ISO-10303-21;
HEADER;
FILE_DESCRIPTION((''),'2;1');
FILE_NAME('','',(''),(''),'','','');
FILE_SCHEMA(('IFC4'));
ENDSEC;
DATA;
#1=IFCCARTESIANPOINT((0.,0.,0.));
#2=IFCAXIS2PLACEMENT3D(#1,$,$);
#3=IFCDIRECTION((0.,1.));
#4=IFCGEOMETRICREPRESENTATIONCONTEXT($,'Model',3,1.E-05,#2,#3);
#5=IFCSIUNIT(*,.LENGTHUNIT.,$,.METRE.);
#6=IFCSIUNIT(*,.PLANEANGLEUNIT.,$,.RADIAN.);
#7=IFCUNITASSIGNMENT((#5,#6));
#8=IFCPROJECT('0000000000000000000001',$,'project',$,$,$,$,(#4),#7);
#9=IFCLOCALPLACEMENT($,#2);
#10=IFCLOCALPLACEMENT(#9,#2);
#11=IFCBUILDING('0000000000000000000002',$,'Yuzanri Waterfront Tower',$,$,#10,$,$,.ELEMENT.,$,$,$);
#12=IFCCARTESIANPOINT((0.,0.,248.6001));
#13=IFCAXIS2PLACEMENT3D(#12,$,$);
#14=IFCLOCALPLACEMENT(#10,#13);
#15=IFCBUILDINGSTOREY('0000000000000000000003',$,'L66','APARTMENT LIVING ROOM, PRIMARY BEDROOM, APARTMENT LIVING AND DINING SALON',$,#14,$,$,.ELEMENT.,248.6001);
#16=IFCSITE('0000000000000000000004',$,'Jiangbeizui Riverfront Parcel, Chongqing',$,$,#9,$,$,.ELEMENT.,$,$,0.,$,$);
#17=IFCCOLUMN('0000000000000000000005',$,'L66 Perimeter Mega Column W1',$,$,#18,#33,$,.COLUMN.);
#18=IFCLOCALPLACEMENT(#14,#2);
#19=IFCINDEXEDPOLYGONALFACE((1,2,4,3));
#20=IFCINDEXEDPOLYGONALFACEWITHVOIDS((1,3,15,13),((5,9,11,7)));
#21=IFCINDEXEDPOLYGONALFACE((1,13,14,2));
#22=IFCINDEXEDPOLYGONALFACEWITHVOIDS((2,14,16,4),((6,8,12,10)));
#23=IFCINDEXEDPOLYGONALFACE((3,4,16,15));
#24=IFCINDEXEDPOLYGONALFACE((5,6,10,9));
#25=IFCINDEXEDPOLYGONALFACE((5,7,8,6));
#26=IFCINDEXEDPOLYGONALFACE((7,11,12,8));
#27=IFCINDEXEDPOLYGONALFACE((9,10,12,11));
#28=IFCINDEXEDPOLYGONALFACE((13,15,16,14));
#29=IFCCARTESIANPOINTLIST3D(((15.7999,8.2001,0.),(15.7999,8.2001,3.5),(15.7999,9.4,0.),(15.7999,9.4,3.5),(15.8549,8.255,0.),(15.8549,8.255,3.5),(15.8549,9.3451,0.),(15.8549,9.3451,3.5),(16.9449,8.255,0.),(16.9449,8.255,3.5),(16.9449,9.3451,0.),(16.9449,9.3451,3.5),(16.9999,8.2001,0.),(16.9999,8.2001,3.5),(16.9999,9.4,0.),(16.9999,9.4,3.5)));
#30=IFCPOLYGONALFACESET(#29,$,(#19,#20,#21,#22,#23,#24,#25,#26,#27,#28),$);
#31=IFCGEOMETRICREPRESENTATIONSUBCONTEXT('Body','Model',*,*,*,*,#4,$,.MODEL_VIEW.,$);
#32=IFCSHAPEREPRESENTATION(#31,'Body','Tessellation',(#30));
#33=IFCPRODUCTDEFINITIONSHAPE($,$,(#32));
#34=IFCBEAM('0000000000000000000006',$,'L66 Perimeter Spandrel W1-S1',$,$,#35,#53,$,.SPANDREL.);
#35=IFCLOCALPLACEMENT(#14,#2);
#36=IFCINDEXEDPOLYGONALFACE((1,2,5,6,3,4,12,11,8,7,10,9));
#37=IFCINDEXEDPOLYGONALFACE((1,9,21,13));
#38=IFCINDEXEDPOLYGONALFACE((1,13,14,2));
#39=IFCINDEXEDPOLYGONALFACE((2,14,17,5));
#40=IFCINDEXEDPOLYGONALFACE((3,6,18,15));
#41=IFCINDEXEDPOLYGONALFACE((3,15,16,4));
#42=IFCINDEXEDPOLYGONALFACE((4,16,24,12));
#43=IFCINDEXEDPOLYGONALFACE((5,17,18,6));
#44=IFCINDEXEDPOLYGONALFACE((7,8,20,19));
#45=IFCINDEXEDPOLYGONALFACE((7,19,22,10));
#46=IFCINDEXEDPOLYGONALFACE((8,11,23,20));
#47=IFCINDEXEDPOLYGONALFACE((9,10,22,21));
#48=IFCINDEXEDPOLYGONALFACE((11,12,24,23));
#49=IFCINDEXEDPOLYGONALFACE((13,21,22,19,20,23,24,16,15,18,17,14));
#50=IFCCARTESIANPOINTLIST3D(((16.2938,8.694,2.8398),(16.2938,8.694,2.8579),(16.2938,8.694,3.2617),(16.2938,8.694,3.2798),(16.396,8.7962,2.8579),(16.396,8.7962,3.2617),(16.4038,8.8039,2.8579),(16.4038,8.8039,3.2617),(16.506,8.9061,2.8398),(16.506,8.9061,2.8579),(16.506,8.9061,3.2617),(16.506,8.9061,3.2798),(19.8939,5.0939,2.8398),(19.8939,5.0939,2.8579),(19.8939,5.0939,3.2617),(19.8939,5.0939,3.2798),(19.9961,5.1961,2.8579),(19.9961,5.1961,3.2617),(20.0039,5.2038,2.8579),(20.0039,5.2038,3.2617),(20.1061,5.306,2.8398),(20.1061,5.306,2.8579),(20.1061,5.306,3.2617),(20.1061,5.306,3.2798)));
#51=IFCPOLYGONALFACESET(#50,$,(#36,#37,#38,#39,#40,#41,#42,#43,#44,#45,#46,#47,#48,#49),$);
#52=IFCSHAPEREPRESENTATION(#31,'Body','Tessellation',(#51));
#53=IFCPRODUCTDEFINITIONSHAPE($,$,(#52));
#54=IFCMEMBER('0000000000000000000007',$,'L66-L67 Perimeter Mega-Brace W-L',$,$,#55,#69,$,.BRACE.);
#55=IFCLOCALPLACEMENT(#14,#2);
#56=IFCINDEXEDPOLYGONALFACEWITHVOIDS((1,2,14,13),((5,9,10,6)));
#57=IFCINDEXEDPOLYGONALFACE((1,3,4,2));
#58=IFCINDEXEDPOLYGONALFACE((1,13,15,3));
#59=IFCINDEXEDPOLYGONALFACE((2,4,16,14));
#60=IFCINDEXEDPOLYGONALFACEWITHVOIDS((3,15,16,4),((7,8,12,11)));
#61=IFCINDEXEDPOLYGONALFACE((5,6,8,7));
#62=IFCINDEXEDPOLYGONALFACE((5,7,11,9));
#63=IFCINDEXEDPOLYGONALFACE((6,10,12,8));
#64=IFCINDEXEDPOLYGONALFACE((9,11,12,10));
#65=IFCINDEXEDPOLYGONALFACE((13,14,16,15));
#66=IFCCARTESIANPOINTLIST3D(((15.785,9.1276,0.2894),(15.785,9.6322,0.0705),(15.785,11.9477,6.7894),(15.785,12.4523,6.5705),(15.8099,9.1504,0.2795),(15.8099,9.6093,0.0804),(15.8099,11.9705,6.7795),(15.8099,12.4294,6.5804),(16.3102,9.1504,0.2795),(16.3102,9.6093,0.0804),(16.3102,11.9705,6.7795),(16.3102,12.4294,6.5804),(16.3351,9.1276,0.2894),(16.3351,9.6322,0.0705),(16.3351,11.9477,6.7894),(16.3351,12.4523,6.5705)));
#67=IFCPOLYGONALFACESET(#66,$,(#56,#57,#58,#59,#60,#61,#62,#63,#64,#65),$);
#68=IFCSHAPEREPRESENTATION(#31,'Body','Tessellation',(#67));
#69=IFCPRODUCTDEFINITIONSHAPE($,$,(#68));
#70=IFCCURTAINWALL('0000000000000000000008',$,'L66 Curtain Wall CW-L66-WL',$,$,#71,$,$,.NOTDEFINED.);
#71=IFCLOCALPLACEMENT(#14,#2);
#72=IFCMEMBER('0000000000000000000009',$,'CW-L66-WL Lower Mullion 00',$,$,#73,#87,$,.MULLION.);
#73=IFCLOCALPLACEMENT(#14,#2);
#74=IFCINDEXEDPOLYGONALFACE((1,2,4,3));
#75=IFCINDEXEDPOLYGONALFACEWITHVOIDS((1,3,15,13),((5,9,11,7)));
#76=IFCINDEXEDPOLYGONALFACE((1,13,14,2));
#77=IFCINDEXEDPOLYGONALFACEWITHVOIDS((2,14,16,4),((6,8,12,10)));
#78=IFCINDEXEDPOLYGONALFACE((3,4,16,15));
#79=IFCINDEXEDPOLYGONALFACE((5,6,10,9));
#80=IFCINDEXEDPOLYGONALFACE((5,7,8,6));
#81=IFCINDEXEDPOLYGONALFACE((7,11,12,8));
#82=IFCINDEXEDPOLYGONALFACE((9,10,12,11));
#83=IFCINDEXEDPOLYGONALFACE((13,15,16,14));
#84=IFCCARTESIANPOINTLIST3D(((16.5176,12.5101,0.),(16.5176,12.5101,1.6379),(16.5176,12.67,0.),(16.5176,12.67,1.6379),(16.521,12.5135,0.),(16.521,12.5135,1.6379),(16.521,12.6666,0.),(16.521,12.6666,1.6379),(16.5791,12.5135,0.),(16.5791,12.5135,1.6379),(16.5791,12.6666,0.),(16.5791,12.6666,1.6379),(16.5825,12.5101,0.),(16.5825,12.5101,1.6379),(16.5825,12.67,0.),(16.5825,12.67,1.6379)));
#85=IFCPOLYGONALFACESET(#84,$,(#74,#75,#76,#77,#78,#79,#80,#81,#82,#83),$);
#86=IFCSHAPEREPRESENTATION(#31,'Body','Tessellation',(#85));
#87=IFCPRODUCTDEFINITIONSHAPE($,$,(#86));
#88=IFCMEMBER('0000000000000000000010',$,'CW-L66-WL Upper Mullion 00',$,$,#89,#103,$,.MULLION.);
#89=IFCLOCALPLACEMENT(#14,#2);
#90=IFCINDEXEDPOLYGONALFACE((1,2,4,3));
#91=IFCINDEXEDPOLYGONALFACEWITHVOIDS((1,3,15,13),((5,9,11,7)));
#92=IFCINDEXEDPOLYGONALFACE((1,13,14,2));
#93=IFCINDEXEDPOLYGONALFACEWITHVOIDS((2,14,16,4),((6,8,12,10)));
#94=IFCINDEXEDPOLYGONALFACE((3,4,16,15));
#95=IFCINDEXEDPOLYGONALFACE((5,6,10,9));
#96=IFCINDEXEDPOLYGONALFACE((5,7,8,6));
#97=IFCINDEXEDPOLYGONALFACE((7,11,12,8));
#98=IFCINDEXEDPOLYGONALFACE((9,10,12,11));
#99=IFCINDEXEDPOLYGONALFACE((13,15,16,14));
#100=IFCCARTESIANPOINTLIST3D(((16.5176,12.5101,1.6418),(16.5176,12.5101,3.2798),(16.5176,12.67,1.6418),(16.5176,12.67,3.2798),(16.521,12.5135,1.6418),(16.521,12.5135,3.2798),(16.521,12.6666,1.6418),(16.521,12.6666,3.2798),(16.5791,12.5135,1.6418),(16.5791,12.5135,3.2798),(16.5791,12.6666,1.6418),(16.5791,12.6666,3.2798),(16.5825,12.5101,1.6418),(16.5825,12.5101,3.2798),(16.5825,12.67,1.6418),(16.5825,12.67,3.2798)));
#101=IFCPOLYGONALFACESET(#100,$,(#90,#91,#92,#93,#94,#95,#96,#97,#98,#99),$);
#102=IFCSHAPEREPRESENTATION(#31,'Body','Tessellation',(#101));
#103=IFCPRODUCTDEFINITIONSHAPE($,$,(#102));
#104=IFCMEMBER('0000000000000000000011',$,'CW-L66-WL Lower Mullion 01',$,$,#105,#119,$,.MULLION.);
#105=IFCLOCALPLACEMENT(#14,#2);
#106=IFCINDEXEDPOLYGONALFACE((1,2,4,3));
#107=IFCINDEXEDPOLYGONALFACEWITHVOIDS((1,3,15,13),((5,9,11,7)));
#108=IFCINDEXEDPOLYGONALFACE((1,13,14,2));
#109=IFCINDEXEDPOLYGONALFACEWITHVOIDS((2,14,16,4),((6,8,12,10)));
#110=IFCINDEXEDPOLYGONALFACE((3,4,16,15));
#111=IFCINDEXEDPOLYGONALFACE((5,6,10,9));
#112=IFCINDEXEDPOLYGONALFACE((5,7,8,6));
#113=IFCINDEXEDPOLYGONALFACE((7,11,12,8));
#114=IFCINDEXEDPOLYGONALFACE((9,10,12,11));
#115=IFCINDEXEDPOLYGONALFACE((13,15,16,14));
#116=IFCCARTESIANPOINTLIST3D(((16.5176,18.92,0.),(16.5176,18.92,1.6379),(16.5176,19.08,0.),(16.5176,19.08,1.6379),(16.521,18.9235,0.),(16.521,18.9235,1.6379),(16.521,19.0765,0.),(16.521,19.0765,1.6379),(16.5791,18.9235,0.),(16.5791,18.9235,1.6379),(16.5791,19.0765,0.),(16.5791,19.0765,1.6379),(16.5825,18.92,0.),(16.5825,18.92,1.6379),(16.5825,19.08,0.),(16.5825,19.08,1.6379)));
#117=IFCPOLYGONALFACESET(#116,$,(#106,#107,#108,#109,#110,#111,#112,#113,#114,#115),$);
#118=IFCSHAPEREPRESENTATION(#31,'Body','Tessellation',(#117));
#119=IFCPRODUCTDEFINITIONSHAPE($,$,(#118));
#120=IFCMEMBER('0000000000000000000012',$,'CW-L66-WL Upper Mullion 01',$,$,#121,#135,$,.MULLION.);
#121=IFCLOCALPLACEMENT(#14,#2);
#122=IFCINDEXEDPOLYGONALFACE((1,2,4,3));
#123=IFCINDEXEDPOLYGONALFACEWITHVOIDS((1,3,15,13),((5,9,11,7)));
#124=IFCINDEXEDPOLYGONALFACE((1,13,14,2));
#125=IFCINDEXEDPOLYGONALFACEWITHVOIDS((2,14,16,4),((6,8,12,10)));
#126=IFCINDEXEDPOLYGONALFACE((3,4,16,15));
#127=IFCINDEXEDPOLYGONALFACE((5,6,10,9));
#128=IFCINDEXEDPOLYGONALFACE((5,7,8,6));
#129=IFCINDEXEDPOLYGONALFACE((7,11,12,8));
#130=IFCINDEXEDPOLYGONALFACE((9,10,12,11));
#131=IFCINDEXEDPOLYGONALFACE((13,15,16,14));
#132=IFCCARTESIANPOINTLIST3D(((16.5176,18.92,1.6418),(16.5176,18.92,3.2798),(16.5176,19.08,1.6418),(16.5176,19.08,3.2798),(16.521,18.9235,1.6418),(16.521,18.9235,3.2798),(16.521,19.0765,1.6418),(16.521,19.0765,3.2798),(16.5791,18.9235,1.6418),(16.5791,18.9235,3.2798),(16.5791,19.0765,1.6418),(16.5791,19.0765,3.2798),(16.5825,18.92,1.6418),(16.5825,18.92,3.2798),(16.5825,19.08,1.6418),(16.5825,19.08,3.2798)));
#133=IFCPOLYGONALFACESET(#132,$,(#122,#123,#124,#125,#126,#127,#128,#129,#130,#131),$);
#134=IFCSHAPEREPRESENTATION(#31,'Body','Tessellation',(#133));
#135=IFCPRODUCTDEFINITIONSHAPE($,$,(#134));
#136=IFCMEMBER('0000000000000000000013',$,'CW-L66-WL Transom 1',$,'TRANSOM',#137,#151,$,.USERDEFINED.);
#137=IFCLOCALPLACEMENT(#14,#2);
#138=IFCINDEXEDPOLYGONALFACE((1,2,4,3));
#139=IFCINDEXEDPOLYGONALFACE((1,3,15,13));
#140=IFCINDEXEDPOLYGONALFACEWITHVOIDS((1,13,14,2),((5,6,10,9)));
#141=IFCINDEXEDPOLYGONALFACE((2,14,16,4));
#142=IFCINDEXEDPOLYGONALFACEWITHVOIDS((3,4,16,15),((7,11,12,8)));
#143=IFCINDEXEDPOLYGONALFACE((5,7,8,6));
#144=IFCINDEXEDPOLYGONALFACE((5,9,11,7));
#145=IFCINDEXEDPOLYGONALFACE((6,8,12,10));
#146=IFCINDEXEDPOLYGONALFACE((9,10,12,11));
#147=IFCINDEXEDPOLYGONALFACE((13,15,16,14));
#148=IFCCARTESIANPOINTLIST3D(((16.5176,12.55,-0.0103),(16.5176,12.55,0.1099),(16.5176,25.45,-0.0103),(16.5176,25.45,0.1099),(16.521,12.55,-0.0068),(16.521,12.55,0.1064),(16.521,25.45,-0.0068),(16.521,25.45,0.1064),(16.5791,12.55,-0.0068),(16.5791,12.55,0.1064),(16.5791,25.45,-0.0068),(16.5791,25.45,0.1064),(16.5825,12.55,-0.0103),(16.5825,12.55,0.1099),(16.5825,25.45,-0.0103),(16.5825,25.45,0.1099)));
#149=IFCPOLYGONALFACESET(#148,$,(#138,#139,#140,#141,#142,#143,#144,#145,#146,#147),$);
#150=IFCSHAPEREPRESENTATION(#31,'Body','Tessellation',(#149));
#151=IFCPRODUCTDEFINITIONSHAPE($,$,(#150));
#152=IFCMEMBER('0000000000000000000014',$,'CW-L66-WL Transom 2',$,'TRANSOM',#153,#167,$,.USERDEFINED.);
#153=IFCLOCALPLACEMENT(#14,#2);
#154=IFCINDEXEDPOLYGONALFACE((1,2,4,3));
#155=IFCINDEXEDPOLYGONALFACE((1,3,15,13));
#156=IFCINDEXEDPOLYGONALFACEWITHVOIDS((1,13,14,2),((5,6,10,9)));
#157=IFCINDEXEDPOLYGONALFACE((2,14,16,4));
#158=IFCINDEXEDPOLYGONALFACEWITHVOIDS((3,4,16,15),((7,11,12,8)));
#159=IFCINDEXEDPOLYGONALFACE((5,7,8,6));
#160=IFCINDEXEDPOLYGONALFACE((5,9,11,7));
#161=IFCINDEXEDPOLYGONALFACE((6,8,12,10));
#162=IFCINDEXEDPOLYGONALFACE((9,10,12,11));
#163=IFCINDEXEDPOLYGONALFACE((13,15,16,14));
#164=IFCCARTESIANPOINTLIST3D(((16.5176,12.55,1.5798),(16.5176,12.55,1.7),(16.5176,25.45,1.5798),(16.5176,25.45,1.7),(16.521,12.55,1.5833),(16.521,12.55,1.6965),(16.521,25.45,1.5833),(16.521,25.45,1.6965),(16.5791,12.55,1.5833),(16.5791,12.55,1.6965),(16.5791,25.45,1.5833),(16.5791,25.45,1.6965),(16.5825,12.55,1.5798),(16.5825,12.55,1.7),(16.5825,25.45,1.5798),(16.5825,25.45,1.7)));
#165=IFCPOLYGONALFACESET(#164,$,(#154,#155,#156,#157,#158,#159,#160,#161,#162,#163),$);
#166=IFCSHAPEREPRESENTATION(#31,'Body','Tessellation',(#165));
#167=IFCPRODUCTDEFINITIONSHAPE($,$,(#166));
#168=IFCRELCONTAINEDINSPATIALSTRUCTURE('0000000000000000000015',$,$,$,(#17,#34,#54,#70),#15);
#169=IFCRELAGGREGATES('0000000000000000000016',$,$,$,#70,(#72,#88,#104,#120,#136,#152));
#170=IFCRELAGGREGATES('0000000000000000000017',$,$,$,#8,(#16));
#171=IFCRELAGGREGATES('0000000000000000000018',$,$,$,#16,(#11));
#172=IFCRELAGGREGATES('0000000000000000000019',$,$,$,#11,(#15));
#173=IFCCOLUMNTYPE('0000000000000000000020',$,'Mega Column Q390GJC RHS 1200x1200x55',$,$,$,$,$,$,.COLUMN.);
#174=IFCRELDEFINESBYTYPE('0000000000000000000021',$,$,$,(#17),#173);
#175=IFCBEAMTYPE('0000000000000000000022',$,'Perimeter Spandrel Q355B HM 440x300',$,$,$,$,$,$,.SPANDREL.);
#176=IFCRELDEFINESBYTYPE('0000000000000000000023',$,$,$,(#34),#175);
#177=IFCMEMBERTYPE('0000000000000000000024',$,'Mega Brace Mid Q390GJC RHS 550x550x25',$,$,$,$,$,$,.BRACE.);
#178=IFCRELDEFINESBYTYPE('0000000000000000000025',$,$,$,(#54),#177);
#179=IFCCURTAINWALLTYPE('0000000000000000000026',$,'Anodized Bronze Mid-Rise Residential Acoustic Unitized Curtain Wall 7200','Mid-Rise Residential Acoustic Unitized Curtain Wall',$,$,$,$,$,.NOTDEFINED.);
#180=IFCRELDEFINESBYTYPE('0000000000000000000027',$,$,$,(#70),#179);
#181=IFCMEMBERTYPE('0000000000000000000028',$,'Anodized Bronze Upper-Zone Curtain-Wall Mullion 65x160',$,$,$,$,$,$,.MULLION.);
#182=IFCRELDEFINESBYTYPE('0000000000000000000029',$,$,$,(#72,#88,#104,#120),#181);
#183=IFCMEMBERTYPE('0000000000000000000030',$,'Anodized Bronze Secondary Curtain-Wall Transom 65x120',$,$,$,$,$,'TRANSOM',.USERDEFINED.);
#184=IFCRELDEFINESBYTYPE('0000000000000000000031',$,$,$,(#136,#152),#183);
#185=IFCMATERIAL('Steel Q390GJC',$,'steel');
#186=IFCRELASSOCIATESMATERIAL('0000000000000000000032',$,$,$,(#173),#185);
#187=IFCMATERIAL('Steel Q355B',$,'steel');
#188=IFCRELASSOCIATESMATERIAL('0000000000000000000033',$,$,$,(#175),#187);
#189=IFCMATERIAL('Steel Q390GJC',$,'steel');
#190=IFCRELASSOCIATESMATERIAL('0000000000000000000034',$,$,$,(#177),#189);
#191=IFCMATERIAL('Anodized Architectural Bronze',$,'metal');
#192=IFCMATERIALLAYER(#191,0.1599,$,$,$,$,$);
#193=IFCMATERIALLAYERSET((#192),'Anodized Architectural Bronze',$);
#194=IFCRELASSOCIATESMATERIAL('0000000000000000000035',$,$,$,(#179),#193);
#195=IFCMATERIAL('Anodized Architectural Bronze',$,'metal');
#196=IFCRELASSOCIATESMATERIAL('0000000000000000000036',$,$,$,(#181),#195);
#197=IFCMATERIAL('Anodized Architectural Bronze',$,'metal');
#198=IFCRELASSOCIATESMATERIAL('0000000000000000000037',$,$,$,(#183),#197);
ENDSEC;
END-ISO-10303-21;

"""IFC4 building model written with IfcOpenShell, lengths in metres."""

from ifc_helpers import new_model, si_unit, direction, frame, origin, origin_2d, place, context, subcontext, project, spatial, hollow_rectangle, i_section, extrude, source, transform, mapped, material, layer, layer_set, material_profile, profile_set, type_object, element, aggregate, save


model = new_model("IFC4")

# Units and contexts
model_context = context("Model", 3, precision=1e-05, world=origin(), true_north=direction((0.0, 1.0)))
body_context = subcontext(model_context, "Body", "Model", "MODEL_VIEW")
ifc_project = project(units=[si_unit("LENGTHUNIT", "METRE"), si_unit("PLANEANGLEUNIT", "RADIAN")], contexts=[model_context])

# Site, building, storey
site_placement = place(None, origin())
site = spatial("IfcSite", under=ifc_project, at=site_placement, Name="Jiangbeizui Riverfront Parcel, Chongqing", CompositionType="ELEMENT", RefElevation=0.0)
building_placement = place(site_placement, origin())
building = spatial("IfcBuilding", under=site, at=building_placement, Name="Yuzanri Waterfront Tower", CompositionType="ELEMENT")
storey_placement = place(building_placement, frame((0.0, 0.0, 248.6001)))
storey = spatial("IfcBuildingStorey", under=building, at=storey_placement, Name="L66", Description="APARTMENT LIVING ROOM, PRIMARY BEDROOM, APARTMENT LIVING AND DINING SALON", CompositionType="ELEMENT", Elevation=248.6001)

# Column
ifc_material_1 = material(Name="Steel Q390GJC", Category="steel")
ifc_material_profile_1 = material_profile(ifc_material_1, hollow_rectangle(XDim=1.2, YDim=1.2, WallThickness=0.0549, at=origin_2d()), Name="RHS 1200x1200x55")
ifc_profile_set_1 = profile_set([ifc_material_profile_1], Name="Steel Q390GJC")
column_type = type_object("IfcColumnType", Name="Mega Column Q390GJC RHS 1200x1200x55", PredefinedType="COLUMN", material=ifc_profile_set_1)
shared_shape_1 = source(origin(), body_context, "Body", "SweptSolid", [
    extrude(hollow_rectangle(XDim=1.2, YDim=1.2, WallThickness=0.0549, at=origin_2d()), origin(), (0.0, 0.0, 1.0), 3.5),
])
column_placement = place(storey_placement, frame((16.3999, 8.8, 0.0), z_axis=(0.0, 0.0, 1.0), x_axis=(1.0, 0.0, 0.0)))
element("IfcColumn", 1, at=column_placement, inside=storey, type_object=column_type, Name="L66 Perimeter Mega Column W1", PredefinedType="COLUMN", context=body_context, shape_type="MappedRepresentation", body=[
    mapped(shared_shape_1, transform((0.0, 0.0, 0.0), scale=1.0)),
])

# Beam
ifc_material_2 = material(Name="Steel Q355B", Category="steel")
ifc_material_profile_2 = material_profile(ifc_material_2, i_section(OverallWidth=0.3, OverallDepth=0.4399, WebThickness=0.011, FlangeThickness=0.0181, at=origin_2d()), Name="HM 440x300x11x18")
ifc_profile_set_2 = profile_set([ifc_material_profile_2], Name="Steel Q355B")
beam_type = type_object("IfcBeamType", Name="Perimeter Spandrel Q355B HM 440x300", PredefinedType="SPANDREL", material=ifc_profile_set_2)
shared_shape_2 = source(origin(), body_context, "Body", "SweptSolid", [
    extrude(i_section(OverallWidth=0.3, OverallDepth=0.4399, WebThickness=0.011, FlangeThickness=0.0181, at=origin_2d()), origin(), (0.0, 0.0, 1.0), 5.0913),
])
beam_placement = place(storey_placement, frame((16.3999, 8.8, 3.0598), z_axis=(0.707107, -0.707107, 0.0), x_axis=(0.707107, 0.707107, 0.0)))
element("IfcBeam", 2, at=beam_placement, inside=storey, type_object=beam_type, Name="L66 Perimeter Spandrel W1-S1", PredefinedType="SPANDREL", context=body_context, shape_type="MappedRepresentation", body=[
    mapped(shared_shape_2, transform((0.0, 0.0, 0.0), scale=1.0)),
])

# Member
ifc_material_3 = material(Name="Steel Q390GJC", Category="steel")
ifc_material_profile_3 = material_profile(ifc_material_3, hollow_rectangle(XDim=0.55, YDim=0.55, WallThickness=0.0249, at=origin_2d()), Name="RHS 550x550x25")
ifc_profile_set_3 = profile_set([ifc_material_profile_3], Name="Steel Q390GJC")
member_type_1 = type_object("IfcMemberType", Name="Mega Brace Mid Q390GJC RHS 550x550x25", PredefinedType="BRACE", material=ifc_profile_set_3)
shared_shape_3 = source(origin(), body_context, "Body", "SweptSolid", [
    extrude(hollow_rectangle(XDim=0.55, YDim=0.55, WallThickness=0.0249, at=origin_2d()), origin(), (0.0, 0.0, 1.0), 7.0854),
])
member_1_placement = place(storey_placement, frame((16.0601, 9.3799, 0.1799), z_axis=(0.0, 0.398012, 0.91738), x_axis=(-1.0, 0.0, 0.0)))
element("IfcMember", 3, at=member_1_placement, inside=storey, type_object=member_type_1, Name="L66-L67 Perimeter Mega-Brace W-L", PredefinedType="BRACE", context=body_context, shape_type="MappedRepresentation", body=[
    mapped(shared_shape_3, transform((0.0, 0.0, 0.0), scale=1.0)),
])

# Curtain wall, members
ifc_material_4 = material(Name="Anodized Architectural Bronze", Category="metal")
ifc_layer_1 = layer(ifc_material_4, 0.1599)
ifc_layer_set_1 = layer_set([ifc_layer_1], Name="Anodized Architectural Bronze")
curtain_wall_type = type_object("IfcCurtainWallType", Name="Anodized Bronze Mid-Rise Residential Acoustic Unitized Curtain Wall 7200", Description="Mid-Rise Residential Acoustic Unitized Curtain Wall", PredefinedType="NOTDEFINED", material=ifc_layer_set_1)
curtain_wall_placement = place(storey_placement, origin())
curtain_wall = element("IfcCurtainWall", 4, at=curtain_wall_placement, inside=storey, type_object=curtain_wall_type, Name="L66 Curtain Wall CW-L66-WL", PredefinedType="NOTDEFINED")
ifc_material_5 = material(Name="Anodized Architectural Bronze", Category="metal")
ifc_material_profile_4 = material_profile(ifc_material_5, hollow_rectangle(XDim=0.0649, YDim=0.1599, WallThickness=0.0034, at=origin_2d()), Name="CWM 65x160")
ifc_profile_set_4 = profile_set([ifc_material_profile_4], Name="Anodized Architectural Bronze")
member_type_2 = type_object("IfcMemberType", Name="Anodized Bronze Upper-Zone Curtain-Wall Mullion 65x160", PredefinedType="MULLION", material=ifc_profile_set_4)
shared_shape_4 = source(origin(), body_context, "Body", "SweptSolid", [
    extrude(hollow_rectangle(XDim=0.0649, YDim=0.1599, WallThickness=0.0034, at=origin_2d()), origin(), (0.0, 0.0, 1.0), 1.6379),
])
member_2_placement = place(storey_placement, frame((16.55, 12.5901, 0.0), z_axis=(0.0, 0.0, 1.0), x_axis=(1.0, 0.0, 0.0)))
member_2 = element("IfcMember", 5, at=member_2_placement, type_object=member_type_2, Name="CW-L66-WL Lower Mullion 00", PredefinedType="MULLION", context=body_context, shape_type="MappedRepresentation", body=[
    mapped(shared_shape_4, transform((0.0, 0.0, 0.0), scale=1.0)),
])
member_3_placement = place(storey_placement, frame((16.55, 12.5901, 1.6418), z_axis=(0.0, 0.0, 1.0), x_axis=(1.0, 0.0, 0.0)))
member_3 = element("IfcMember", 6, at=member_3_placement, type_object=member_type_2, Name="CW-L66-WL Upper Mullion 00", PredefinedType="MULLION", context=body_context, shape_type="MappedRepresentation", body=[
    mapped(shared_shape_4, transform((0.0, 0.0, 0.0), scale=1.0)),
])
member_4_placement = place(storey_placement, frame((16.55, 19.0, 0.0), z_axis=(0.0, 0.0, 1.0), x_axis=(1.0, 0.0, 0.0)))
member_4 = element("IfcMember", 7, at=member_4_placement, type_object=member_type_2, Name="CW-L66-WL Lower Mullion 01", PredefinedType="MULLION", context=body_context, shape_type="MappedRepresentation", body=[
    mapped(shared_shape_4, transform((0.0, 0.0, 0.0), scale=1.0)),
])
member_5_placement = place(storey_placement, frame((16.55, 19.0, 1.6418), z_axis=(0.0, 0.0, 1.0), x_axis=(1.0, 0.0, 0.0)))
member_5 = element("IfcMember", 8, at=member_5_placement, type_object=member_type_2, Name="CW-L66-WL Upper Mullion 01", PredefinedType="MULLION", context=body_context, shape_type="MappedRepresentation", body=[
    mapped(shared_shape_4, transform((0.0, 0.0, 0.0), scale=1.0)),
])
ifc_material_6 = material(Name="Anodized Architectural Bronze", Category="metal")
ifc_material_profile_5 = material_profile(ifc_material_6, hollow_rectangle(XDim=0.0649, YDim=0.1201, WallThickness=0.0034, at=origin_2d()), Name="CWT 65x120")
ifc_profile_set_5 = profile_set([ifc_material_profile_5], Name="Anodized Architectural Bronze")
member_type_3 = type_object("IfcMemberType", Name="Anodized Bronze Secondary Curtain-Wall Transom 65x120", ElementType="TRANSOM", PredefinedType="USERDEFINED", material=ifc_profile_set_5)
shared_shape_5 = source(origin(), body_context, "Body", "SweptSolid", [
    extrude(hollow_rectangle(XDim=0.0649, YDim=0.1201, WallThickness=0.0034, at=origin_2d()), origin(), (0.0, 0.0, 1.0), 12.8999),
])
member_6_placement = place(storey_placement, frame((16.55, 12.55, 0.0498), z_axis=(0.0, 1.0, 0.0), x_axis=(-1.0, 0.0, 0.0)))
member_6 = element("IfcMember", 9, at=member_6_placement, type_object=member_type_3, Name="CW-L66-WL Transom 1", ObjectType="TRANSOM", PredefinedType="USERDEFINED", context=body_context, shape_type="MappedRepresentation", body=[
    mapped(shared_shape_5, transform((0.0, 0.0, 0.0), scale=1.0)),
])
member_7_placement = place(storey_placement, frame((16.55, 12.55, 1.6399), z_axis=(0.0, 1.0, 0.0), x_axis=(-1.0, 0.0, 0.0)))
member_7 = element("IfcMember", 10, at=member_7_placement, type_object=member_type_3, Name="CW-L66-WL Transom 2", ObjectType="TRANSOM", PredefinedType="USERDEFINED", context=body_context, shape_type="MappedRepresentation", body=[
    mapped(shared_shape_5, transform((0.0, 0.0, 0.0), scale=1.0)),
])

aggregate(curtain_wall, [member_2, member_3, member_4, member_5, member_6, member_7])

save(model, "model.ifc")
